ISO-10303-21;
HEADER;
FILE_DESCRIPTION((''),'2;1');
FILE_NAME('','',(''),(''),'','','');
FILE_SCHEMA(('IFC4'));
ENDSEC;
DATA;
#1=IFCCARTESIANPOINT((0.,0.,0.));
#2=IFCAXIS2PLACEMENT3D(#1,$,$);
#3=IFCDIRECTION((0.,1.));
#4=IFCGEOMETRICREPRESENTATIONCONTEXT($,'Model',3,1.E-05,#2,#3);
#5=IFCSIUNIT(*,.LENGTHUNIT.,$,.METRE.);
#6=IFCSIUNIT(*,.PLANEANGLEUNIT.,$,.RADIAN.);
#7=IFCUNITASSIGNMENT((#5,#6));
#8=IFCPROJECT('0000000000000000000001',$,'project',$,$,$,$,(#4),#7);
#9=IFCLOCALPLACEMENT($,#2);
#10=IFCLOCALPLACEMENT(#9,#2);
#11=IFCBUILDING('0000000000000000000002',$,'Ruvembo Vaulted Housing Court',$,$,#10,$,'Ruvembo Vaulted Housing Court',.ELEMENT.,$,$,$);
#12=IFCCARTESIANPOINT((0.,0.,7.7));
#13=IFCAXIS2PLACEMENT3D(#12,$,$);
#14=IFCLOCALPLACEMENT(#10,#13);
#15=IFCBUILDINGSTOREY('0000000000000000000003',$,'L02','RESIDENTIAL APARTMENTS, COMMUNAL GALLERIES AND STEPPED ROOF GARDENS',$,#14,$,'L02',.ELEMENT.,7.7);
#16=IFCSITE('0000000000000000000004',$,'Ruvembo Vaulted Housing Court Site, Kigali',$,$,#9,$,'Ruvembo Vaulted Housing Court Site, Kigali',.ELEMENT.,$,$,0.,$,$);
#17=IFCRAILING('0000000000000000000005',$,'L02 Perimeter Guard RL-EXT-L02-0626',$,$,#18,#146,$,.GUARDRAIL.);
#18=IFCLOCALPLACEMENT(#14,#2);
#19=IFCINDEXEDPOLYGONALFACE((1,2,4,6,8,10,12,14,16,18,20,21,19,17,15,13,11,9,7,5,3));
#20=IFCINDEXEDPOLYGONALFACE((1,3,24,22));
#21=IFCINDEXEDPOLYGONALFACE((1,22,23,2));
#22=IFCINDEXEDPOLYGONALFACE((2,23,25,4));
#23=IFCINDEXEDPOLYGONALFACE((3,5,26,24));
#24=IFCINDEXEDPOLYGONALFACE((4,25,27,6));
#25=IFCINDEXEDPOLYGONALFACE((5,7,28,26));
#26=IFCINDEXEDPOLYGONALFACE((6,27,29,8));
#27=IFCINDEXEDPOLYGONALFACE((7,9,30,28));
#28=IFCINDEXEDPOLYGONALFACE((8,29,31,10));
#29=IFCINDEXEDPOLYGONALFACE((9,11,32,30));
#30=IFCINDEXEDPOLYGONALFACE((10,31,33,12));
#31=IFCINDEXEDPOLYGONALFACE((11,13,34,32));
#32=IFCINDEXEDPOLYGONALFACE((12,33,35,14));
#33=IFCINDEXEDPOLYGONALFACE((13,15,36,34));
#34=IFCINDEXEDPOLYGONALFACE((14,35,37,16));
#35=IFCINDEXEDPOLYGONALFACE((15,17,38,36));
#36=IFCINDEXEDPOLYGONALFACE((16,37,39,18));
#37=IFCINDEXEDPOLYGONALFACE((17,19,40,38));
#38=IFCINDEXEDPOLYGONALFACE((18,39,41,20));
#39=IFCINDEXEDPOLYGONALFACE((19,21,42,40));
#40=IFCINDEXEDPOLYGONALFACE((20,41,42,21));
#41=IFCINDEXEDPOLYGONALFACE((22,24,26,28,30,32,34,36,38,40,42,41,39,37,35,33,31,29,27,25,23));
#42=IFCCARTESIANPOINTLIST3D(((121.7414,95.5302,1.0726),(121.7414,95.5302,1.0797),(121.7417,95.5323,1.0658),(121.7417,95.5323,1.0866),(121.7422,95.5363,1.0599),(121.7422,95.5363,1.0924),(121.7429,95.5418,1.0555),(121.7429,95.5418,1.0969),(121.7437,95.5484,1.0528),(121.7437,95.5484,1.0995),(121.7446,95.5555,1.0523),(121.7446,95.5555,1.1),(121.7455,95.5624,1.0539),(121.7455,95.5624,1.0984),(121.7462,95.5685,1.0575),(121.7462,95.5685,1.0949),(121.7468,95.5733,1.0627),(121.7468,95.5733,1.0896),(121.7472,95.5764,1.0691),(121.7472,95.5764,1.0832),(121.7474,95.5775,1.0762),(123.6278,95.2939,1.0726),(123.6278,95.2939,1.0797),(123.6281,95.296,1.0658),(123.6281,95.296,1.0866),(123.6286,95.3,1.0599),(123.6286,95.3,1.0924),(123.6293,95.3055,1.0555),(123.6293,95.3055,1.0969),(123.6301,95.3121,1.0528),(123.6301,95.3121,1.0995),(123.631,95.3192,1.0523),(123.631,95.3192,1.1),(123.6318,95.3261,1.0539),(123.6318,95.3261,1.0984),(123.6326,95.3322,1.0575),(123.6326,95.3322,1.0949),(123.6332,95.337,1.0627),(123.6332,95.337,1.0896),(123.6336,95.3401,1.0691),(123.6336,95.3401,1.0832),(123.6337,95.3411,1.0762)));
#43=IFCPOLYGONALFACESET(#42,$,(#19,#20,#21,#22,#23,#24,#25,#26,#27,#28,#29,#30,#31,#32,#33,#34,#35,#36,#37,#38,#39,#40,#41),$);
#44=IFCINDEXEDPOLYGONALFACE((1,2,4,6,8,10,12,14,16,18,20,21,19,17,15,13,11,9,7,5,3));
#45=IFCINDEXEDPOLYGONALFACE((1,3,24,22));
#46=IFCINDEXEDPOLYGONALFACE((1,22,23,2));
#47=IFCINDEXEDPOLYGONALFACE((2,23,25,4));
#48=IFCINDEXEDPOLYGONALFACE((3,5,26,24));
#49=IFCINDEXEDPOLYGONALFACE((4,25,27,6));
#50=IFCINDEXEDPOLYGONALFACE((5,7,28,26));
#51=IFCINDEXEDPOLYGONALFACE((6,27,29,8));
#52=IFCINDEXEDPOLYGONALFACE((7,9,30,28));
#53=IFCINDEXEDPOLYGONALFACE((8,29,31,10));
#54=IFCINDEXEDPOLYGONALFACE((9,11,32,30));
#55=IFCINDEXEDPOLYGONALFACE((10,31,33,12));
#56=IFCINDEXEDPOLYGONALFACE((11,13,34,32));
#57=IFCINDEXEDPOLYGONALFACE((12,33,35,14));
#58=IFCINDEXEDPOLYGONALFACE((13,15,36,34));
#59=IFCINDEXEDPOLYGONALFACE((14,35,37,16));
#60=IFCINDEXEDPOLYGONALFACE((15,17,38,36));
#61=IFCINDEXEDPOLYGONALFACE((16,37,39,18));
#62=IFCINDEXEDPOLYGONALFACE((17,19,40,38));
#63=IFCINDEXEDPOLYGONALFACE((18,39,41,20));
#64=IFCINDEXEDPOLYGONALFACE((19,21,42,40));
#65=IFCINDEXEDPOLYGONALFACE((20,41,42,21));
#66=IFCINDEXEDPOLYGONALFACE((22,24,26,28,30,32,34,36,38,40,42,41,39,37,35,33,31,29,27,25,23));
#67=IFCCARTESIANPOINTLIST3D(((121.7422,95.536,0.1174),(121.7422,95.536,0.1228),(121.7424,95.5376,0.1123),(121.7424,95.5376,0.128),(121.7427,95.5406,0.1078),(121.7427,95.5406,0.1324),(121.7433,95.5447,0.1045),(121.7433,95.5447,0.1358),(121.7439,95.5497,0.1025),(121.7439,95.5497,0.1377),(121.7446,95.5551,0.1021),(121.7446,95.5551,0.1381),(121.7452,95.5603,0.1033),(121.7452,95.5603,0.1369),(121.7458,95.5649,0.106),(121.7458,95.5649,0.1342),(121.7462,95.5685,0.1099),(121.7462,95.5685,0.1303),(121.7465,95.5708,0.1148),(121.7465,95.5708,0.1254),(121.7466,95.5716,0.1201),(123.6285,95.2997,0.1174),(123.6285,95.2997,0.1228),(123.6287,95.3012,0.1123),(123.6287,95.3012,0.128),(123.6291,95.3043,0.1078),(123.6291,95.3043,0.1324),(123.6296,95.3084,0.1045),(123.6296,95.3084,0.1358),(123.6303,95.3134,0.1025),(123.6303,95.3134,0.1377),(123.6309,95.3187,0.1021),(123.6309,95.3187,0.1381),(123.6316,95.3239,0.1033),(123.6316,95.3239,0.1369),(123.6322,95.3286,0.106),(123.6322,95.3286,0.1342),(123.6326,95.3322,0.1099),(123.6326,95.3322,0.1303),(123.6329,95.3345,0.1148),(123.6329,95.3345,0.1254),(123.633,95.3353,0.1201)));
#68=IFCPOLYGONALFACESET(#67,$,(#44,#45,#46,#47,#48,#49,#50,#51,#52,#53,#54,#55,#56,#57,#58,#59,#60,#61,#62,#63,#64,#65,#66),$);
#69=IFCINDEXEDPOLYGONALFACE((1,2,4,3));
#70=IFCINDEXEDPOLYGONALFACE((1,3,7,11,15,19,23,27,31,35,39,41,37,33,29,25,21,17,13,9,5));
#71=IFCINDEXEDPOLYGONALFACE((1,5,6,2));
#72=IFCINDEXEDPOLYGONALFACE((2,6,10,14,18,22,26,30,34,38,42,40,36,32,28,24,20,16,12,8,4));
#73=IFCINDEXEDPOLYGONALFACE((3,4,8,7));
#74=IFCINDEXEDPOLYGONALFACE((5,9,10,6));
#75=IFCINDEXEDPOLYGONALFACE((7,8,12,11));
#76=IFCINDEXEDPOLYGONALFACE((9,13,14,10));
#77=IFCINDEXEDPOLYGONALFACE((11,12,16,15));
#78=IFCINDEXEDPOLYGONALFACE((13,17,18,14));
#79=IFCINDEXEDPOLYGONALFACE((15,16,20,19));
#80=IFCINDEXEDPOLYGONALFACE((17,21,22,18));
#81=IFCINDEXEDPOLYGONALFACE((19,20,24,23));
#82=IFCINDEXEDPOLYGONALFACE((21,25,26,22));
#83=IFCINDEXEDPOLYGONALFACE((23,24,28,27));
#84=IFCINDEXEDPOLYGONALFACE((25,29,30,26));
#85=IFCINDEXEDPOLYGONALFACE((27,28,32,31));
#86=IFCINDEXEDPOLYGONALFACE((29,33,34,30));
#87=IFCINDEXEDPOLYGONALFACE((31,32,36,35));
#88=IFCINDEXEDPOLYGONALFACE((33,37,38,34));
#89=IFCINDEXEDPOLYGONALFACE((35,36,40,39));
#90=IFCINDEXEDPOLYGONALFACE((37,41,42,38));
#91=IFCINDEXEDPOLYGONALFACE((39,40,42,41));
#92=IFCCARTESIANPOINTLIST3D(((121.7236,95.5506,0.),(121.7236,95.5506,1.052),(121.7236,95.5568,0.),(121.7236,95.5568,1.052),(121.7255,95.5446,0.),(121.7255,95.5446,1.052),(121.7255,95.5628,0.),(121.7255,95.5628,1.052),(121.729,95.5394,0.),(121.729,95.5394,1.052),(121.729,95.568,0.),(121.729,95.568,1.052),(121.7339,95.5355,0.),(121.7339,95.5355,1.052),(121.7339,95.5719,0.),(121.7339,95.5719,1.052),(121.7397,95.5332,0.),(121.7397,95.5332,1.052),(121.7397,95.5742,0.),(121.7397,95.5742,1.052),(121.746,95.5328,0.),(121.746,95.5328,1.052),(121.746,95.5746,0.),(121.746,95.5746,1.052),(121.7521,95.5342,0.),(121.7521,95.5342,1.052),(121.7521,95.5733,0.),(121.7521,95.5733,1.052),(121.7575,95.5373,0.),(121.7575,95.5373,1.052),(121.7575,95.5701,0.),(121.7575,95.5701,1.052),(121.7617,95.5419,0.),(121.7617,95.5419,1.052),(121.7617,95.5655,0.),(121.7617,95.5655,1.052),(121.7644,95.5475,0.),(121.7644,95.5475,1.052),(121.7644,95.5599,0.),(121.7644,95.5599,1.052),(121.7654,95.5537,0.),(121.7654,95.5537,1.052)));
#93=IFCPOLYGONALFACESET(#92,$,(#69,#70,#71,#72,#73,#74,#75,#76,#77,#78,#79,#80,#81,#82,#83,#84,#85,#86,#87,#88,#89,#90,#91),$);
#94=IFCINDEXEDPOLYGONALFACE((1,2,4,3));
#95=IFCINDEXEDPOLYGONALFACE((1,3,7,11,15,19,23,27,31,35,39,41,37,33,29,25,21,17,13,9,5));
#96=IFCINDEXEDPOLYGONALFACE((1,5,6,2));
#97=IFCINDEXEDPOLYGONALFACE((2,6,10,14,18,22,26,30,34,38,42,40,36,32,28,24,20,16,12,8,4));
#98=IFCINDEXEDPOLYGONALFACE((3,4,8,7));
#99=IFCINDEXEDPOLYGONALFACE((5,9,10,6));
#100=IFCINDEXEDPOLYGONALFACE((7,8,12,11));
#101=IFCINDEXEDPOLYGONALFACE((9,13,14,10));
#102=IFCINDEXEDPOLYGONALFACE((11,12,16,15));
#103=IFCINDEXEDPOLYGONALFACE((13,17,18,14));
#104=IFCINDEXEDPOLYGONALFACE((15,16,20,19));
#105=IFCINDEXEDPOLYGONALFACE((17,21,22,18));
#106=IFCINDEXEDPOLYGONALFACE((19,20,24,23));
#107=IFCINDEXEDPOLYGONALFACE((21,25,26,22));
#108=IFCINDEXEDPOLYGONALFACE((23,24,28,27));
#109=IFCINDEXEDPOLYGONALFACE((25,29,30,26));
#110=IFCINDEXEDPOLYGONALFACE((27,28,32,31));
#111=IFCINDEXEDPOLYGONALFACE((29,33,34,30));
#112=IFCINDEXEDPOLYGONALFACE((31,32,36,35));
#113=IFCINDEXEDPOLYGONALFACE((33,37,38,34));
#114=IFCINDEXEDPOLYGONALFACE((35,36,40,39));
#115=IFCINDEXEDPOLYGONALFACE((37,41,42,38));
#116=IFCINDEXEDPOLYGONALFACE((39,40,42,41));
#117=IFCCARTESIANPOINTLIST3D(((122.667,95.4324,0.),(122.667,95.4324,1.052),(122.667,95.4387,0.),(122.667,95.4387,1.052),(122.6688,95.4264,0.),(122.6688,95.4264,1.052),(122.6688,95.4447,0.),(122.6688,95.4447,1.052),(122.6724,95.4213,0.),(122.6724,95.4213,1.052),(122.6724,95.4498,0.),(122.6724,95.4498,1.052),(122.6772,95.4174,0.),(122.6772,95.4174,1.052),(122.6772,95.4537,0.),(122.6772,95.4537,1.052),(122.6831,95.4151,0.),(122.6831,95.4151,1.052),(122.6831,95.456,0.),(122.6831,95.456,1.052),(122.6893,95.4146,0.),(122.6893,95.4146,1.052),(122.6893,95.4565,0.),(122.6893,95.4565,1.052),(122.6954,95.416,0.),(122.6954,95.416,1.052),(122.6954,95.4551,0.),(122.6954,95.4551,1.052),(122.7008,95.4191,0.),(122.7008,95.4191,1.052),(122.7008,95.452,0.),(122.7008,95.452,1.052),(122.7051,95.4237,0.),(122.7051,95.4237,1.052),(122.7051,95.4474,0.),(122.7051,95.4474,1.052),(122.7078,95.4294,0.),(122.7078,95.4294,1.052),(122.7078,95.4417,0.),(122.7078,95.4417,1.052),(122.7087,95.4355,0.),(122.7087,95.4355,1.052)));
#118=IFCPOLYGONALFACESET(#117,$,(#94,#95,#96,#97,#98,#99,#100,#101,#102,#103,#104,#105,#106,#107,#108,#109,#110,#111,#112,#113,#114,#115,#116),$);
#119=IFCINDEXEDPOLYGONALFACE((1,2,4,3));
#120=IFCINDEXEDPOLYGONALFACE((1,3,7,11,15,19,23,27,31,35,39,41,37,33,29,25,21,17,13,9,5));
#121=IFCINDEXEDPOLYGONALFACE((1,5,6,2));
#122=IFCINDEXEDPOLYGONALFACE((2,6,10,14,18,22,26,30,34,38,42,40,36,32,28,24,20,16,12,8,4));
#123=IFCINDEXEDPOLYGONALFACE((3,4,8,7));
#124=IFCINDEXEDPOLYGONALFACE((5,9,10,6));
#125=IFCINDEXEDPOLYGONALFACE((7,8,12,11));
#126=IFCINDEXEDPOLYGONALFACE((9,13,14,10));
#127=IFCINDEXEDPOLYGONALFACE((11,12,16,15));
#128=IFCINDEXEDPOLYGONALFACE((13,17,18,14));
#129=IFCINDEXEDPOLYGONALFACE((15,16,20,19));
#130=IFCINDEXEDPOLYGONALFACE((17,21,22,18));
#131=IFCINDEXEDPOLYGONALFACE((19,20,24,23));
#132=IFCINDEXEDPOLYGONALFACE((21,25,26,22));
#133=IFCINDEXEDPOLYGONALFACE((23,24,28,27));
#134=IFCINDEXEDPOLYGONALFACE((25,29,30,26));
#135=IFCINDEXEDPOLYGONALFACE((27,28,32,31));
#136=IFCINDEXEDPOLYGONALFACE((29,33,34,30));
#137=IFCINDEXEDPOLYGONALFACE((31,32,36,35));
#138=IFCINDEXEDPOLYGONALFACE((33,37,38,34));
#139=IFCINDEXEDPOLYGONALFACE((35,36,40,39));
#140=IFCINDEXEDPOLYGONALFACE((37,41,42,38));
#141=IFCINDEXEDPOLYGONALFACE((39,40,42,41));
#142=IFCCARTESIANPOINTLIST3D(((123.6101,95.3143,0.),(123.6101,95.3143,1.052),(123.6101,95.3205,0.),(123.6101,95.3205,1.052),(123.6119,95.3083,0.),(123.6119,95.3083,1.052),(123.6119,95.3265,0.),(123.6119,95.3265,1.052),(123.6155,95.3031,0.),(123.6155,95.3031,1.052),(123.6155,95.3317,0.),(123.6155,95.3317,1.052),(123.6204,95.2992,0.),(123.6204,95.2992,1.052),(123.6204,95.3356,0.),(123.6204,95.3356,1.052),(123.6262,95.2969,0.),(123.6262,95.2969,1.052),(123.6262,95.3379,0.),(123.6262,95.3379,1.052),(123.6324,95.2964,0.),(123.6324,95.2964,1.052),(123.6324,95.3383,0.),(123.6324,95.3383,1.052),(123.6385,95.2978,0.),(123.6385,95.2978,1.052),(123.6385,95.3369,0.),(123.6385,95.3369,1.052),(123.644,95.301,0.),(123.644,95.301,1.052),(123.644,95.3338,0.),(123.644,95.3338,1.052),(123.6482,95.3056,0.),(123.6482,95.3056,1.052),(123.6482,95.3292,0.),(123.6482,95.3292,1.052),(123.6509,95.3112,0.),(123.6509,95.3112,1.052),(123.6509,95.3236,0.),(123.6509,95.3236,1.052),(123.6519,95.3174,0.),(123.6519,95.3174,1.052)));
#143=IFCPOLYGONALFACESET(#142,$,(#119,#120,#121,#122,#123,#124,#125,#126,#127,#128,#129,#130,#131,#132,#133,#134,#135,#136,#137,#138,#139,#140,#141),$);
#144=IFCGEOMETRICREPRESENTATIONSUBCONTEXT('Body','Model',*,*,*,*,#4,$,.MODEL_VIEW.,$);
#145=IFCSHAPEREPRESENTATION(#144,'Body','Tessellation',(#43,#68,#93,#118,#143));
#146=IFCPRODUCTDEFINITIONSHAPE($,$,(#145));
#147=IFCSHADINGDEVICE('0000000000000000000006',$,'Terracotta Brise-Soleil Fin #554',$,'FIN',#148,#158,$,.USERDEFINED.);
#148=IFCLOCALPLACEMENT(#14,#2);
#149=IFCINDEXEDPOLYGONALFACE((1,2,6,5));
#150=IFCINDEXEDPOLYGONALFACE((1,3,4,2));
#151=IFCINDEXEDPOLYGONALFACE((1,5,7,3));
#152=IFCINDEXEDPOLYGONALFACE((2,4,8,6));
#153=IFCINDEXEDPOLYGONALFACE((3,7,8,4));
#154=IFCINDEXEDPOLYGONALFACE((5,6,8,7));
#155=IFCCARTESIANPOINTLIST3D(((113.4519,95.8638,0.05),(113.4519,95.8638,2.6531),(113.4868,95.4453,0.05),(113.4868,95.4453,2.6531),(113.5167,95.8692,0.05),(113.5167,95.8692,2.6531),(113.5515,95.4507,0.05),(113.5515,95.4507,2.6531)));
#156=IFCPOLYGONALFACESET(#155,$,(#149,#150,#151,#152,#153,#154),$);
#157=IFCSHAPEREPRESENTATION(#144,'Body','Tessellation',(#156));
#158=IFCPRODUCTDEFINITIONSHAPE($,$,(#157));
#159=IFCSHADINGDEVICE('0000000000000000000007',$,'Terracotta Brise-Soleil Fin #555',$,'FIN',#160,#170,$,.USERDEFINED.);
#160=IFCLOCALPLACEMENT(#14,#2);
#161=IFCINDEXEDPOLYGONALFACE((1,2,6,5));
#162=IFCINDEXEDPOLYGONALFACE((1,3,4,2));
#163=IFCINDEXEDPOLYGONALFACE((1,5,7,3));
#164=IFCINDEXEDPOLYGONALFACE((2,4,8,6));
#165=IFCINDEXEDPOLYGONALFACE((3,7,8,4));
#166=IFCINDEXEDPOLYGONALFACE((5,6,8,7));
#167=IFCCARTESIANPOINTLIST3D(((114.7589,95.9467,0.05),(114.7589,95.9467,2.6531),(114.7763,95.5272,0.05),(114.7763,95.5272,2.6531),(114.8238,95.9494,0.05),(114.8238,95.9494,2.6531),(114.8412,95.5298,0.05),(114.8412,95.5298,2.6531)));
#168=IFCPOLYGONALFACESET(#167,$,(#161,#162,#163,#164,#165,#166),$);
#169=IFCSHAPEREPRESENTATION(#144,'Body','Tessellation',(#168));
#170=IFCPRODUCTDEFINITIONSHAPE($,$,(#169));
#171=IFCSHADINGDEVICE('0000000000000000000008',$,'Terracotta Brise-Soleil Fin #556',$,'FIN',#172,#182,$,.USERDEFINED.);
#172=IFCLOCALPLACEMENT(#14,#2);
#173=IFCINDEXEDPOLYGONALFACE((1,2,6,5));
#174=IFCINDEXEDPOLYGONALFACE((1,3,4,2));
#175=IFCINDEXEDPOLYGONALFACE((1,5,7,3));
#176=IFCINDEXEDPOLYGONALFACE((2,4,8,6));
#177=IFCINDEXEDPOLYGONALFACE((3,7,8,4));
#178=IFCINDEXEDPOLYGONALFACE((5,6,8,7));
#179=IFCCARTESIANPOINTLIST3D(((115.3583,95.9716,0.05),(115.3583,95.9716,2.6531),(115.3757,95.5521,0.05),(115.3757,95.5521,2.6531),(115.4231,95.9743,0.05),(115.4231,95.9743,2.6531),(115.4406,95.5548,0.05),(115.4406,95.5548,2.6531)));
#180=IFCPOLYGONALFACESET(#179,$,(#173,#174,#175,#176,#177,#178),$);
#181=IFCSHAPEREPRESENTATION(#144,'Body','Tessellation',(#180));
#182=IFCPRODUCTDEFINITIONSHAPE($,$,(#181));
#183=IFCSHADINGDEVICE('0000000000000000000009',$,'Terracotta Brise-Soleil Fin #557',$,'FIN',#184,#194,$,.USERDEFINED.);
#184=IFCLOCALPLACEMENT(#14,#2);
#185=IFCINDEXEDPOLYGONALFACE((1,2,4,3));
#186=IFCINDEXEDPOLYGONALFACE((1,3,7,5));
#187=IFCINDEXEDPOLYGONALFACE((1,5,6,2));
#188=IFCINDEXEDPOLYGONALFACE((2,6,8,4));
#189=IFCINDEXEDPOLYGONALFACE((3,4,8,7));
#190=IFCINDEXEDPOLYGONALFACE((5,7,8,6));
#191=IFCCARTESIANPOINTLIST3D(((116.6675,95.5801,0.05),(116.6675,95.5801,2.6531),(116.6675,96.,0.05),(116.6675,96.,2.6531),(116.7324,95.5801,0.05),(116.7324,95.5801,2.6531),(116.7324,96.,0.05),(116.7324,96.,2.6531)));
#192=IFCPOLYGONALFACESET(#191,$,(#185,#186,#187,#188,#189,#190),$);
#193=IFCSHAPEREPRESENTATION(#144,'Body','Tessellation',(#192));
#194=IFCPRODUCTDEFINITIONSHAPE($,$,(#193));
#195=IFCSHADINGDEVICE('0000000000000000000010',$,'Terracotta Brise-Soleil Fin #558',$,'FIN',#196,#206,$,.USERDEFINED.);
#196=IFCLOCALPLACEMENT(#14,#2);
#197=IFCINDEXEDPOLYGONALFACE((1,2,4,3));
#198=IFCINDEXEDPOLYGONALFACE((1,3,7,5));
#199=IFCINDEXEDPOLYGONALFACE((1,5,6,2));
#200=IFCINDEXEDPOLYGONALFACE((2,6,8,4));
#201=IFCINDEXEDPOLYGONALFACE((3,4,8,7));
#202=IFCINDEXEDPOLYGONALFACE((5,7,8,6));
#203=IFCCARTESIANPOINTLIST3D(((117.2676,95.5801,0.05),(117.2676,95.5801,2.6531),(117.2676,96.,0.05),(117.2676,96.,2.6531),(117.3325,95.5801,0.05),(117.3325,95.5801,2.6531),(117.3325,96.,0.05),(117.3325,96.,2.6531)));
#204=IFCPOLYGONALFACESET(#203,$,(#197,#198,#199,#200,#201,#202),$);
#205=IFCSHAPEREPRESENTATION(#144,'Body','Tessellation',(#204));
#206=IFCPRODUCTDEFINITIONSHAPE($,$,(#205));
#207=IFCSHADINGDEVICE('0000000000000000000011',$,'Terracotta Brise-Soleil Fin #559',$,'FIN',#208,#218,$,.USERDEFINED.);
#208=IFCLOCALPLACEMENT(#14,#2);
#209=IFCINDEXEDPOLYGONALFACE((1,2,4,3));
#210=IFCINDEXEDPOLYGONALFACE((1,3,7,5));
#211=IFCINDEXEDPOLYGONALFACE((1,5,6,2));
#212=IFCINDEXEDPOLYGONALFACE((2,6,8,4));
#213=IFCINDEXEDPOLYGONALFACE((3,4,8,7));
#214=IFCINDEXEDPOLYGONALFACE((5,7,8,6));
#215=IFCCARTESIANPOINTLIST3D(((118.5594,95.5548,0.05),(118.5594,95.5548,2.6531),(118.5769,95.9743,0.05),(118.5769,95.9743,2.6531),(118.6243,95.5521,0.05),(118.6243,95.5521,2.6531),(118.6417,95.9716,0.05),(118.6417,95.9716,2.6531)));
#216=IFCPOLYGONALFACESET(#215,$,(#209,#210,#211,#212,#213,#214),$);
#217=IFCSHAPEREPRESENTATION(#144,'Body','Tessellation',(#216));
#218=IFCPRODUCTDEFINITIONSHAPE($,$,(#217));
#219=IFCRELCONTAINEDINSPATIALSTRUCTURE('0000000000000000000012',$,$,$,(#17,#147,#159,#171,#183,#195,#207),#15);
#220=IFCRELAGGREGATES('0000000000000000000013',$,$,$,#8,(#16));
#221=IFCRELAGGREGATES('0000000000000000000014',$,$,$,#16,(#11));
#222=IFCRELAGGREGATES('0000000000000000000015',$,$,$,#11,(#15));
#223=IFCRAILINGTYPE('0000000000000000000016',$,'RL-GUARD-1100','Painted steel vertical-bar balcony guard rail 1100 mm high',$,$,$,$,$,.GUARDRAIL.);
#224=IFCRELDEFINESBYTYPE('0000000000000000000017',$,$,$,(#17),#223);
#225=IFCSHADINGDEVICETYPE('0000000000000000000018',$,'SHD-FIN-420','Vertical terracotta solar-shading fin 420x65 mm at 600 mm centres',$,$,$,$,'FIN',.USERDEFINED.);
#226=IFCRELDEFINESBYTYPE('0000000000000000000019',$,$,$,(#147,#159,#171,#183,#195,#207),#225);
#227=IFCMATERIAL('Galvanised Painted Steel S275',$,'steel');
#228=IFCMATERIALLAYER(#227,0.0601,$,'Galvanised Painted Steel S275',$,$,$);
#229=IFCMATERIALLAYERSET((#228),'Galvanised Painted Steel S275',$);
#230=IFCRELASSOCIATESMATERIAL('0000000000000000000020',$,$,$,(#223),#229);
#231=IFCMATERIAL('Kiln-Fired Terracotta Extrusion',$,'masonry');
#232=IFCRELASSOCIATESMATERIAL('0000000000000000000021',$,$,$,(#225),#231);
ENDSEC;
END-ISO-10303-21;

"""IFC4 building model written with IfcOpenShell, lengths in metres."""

from ifc_helpers import new_model, si_unit, direction, frame, origin, origin_2d, place, context, subcontext, project, spatial, rectangle, circle, extrude, material, layer, layer_set, type_object, element, save


model = new_model("IFC4")

# Units and contexts
model_context = context("Model", 3, precision=1e-05, world=origin(), true_north=direction((0.0, 1.0)))
body_context = subcontext(model_context, "Body", "Model", "MODEL_VIEW")
ifc_project = project(units=[si_unit("LENGTHUNIT", "METRE"), si_unit("PLANEANGLEUNIT", "RADIAN")], contexts=[model_context])

# Site, building, storey
site_placement = place(None, origin())
site = spatial("IfcSite", under=ifc_project, at=site_placement, Name="Ruvembo Vaulted Housing Court Site, Kigali", LongName="Ruvembo Vaulted Housing Court Site, Kigali", CompositionType="ELEMENT", RefElevation=0.0)
building_placement = place(site_placement, origin())
building = spatial("IfcBuilding", under=site, at=building_placement, Name="Ruvembo Vaulted Housing Court", LongName="Ruvembo Vaulted Housing Court", CompositionType="ELEMENT")
storey_placement = place(building_placement, frame((0.0, 0.0, 7.7)))
storey = spatial("IfcBuildingStorey", under=building, at=storey_placement, Name="L02", Description="RESIDENTIAL APARTMENTS, COMMUNAL GALLERIES AND STEPPED ROOF GARDENS", LongName="L02", CompositionType="ELEMENT", Elevation=7.7)

# Railing
ifc_material_1 = material(Name="Galvanised Painted Steel S275", Category="steel")
ifc_layer = layer(ifc_material_1, 0.0601, Name="Galvanised Painted Steel S275")
ifc_layer_set = layer_set([ifc_layer], Name="Galvanised Painted Steel S275")
railing_type = type_object("IfcRailingType", Name="RL-GUARD-1100", Description="Painted steel vertical-bar balcony guard rail 1100 mm high", PredefinedType="GUARDRAIL", material=ifc_layer_set)
railing_1_placement = place(storey_placement, frame((121.7444, 95.5537, 0.0)))
element("IfcRailing", 1, at=railing_1_placement, inside=storey, type_object=railing_type, Name="L02 Perimeter Guard RL-EXT-L02-0626", PredefinedType="GUARDRAIL", context=body_context, shape_type="SweptSolid", body=[
    extrude(circle(Radius=0.0239, at=origin_2d()), frame((0.0, 0.0, 1.0762), z_axis=(0.992244, -0.124303, 0.0), x_axis=(0.124303, 0.992244, 0.0)), (0.0, 0.0, 1.0), 1.9011),
    extrude(circle(Radius=0.0181, at=origin_2d()), frame((0.0, 0.0, 0.1201), z_axis=(0.992244, -0.124303, 0.0), x_axis=(0.124303, 0.992244, 0.0)), (0.0, 0.0, 1.0), 1.9011),
    extrude(circle(Radius=0.021, at=origin_2d()), origin(), (0.0, 0.0, 1.0), 1.052),
    extrude(circle(Radius=0.021, at=origin_2d()), frame((0.9434, -0.1182, 0.0)), (0.0, 0.0, 1.0), 1.052),
    extrude(circle(Radius=0.021, at=origin_2d()), frame((1.8865, -0.2363, 0.0)), (0.0, 0.0, 1.0), 1.052),
])

# Shading devices
ifc_material_2 = material(Name="Kiln-Fired Terracotta Extrusion", Category="masonry")
shading_device_type = type_object("IfcShadingDeviceType", Name="SHD-FIN-420", Description="Vertical terracotta solar-shading fin 420x65 mm at 600 mm centres", ElementType="FIN", PredefinedType="USERDEFINED", material=ifc_material_2)
for number, where, z_axis, x_axis, name in (
    (2, (113.5017, 95.6572, 0.05), (0.0, 0.0, 1.0), (0.082895, -0.996558, 0.0), "Terracotta Brise-Soleil Fin #554"),
    (3, (114.8, 95.7383, 0.05), (0.0, 0.0, 1.0), (0.041509, -0.999138, 0.0), "Terracotta Brise-Soleil Fin #555"),
    (4, (115.3994, 95.7632, 0.05), (0.0, 0.0, 1.0), (0.041509, -0.999138, 0.0), "Terracotta Brise-Soleil Fin #556"),
    (5, (116.7, 95.79, 0.05), (0.0, 0.0, 1.0), (0.0, -1.0, 0.0), "Terracotta Brise-Soleil Fin #557"),
    (6, (117.3, 95.79, 0.05), (0.0, 0.0, 1.0), (0.0, -1.0, 0.0), "Terracotta Brise-Soleil Fin #558"),
    (7, (118.6006, 95.7632, 0.05), (0.0, 0.0, 1.0), (-0.041509, -0.999138, 0.0), "Terracotta Brise-Soleil Fin #559"),
):
    element("IfcShadingDevice", number, at=place(storey_placement, frame(where, z_axis=z_axis, x_axis=x_axis)), inside=storey, type_object=shading_device_type, Name=name, ObjectType="FIN", PredefinedType="USERDEFINED", context=body_context, shape_type="SweptSolid", body=[
        extrude(rectangle(XDim=0.4199, YDim=0.0649, at=origin_2d()), origin(), (0.0, 0.0, 1.0), 2.603),
    ])

save(model, "model.ifc")
